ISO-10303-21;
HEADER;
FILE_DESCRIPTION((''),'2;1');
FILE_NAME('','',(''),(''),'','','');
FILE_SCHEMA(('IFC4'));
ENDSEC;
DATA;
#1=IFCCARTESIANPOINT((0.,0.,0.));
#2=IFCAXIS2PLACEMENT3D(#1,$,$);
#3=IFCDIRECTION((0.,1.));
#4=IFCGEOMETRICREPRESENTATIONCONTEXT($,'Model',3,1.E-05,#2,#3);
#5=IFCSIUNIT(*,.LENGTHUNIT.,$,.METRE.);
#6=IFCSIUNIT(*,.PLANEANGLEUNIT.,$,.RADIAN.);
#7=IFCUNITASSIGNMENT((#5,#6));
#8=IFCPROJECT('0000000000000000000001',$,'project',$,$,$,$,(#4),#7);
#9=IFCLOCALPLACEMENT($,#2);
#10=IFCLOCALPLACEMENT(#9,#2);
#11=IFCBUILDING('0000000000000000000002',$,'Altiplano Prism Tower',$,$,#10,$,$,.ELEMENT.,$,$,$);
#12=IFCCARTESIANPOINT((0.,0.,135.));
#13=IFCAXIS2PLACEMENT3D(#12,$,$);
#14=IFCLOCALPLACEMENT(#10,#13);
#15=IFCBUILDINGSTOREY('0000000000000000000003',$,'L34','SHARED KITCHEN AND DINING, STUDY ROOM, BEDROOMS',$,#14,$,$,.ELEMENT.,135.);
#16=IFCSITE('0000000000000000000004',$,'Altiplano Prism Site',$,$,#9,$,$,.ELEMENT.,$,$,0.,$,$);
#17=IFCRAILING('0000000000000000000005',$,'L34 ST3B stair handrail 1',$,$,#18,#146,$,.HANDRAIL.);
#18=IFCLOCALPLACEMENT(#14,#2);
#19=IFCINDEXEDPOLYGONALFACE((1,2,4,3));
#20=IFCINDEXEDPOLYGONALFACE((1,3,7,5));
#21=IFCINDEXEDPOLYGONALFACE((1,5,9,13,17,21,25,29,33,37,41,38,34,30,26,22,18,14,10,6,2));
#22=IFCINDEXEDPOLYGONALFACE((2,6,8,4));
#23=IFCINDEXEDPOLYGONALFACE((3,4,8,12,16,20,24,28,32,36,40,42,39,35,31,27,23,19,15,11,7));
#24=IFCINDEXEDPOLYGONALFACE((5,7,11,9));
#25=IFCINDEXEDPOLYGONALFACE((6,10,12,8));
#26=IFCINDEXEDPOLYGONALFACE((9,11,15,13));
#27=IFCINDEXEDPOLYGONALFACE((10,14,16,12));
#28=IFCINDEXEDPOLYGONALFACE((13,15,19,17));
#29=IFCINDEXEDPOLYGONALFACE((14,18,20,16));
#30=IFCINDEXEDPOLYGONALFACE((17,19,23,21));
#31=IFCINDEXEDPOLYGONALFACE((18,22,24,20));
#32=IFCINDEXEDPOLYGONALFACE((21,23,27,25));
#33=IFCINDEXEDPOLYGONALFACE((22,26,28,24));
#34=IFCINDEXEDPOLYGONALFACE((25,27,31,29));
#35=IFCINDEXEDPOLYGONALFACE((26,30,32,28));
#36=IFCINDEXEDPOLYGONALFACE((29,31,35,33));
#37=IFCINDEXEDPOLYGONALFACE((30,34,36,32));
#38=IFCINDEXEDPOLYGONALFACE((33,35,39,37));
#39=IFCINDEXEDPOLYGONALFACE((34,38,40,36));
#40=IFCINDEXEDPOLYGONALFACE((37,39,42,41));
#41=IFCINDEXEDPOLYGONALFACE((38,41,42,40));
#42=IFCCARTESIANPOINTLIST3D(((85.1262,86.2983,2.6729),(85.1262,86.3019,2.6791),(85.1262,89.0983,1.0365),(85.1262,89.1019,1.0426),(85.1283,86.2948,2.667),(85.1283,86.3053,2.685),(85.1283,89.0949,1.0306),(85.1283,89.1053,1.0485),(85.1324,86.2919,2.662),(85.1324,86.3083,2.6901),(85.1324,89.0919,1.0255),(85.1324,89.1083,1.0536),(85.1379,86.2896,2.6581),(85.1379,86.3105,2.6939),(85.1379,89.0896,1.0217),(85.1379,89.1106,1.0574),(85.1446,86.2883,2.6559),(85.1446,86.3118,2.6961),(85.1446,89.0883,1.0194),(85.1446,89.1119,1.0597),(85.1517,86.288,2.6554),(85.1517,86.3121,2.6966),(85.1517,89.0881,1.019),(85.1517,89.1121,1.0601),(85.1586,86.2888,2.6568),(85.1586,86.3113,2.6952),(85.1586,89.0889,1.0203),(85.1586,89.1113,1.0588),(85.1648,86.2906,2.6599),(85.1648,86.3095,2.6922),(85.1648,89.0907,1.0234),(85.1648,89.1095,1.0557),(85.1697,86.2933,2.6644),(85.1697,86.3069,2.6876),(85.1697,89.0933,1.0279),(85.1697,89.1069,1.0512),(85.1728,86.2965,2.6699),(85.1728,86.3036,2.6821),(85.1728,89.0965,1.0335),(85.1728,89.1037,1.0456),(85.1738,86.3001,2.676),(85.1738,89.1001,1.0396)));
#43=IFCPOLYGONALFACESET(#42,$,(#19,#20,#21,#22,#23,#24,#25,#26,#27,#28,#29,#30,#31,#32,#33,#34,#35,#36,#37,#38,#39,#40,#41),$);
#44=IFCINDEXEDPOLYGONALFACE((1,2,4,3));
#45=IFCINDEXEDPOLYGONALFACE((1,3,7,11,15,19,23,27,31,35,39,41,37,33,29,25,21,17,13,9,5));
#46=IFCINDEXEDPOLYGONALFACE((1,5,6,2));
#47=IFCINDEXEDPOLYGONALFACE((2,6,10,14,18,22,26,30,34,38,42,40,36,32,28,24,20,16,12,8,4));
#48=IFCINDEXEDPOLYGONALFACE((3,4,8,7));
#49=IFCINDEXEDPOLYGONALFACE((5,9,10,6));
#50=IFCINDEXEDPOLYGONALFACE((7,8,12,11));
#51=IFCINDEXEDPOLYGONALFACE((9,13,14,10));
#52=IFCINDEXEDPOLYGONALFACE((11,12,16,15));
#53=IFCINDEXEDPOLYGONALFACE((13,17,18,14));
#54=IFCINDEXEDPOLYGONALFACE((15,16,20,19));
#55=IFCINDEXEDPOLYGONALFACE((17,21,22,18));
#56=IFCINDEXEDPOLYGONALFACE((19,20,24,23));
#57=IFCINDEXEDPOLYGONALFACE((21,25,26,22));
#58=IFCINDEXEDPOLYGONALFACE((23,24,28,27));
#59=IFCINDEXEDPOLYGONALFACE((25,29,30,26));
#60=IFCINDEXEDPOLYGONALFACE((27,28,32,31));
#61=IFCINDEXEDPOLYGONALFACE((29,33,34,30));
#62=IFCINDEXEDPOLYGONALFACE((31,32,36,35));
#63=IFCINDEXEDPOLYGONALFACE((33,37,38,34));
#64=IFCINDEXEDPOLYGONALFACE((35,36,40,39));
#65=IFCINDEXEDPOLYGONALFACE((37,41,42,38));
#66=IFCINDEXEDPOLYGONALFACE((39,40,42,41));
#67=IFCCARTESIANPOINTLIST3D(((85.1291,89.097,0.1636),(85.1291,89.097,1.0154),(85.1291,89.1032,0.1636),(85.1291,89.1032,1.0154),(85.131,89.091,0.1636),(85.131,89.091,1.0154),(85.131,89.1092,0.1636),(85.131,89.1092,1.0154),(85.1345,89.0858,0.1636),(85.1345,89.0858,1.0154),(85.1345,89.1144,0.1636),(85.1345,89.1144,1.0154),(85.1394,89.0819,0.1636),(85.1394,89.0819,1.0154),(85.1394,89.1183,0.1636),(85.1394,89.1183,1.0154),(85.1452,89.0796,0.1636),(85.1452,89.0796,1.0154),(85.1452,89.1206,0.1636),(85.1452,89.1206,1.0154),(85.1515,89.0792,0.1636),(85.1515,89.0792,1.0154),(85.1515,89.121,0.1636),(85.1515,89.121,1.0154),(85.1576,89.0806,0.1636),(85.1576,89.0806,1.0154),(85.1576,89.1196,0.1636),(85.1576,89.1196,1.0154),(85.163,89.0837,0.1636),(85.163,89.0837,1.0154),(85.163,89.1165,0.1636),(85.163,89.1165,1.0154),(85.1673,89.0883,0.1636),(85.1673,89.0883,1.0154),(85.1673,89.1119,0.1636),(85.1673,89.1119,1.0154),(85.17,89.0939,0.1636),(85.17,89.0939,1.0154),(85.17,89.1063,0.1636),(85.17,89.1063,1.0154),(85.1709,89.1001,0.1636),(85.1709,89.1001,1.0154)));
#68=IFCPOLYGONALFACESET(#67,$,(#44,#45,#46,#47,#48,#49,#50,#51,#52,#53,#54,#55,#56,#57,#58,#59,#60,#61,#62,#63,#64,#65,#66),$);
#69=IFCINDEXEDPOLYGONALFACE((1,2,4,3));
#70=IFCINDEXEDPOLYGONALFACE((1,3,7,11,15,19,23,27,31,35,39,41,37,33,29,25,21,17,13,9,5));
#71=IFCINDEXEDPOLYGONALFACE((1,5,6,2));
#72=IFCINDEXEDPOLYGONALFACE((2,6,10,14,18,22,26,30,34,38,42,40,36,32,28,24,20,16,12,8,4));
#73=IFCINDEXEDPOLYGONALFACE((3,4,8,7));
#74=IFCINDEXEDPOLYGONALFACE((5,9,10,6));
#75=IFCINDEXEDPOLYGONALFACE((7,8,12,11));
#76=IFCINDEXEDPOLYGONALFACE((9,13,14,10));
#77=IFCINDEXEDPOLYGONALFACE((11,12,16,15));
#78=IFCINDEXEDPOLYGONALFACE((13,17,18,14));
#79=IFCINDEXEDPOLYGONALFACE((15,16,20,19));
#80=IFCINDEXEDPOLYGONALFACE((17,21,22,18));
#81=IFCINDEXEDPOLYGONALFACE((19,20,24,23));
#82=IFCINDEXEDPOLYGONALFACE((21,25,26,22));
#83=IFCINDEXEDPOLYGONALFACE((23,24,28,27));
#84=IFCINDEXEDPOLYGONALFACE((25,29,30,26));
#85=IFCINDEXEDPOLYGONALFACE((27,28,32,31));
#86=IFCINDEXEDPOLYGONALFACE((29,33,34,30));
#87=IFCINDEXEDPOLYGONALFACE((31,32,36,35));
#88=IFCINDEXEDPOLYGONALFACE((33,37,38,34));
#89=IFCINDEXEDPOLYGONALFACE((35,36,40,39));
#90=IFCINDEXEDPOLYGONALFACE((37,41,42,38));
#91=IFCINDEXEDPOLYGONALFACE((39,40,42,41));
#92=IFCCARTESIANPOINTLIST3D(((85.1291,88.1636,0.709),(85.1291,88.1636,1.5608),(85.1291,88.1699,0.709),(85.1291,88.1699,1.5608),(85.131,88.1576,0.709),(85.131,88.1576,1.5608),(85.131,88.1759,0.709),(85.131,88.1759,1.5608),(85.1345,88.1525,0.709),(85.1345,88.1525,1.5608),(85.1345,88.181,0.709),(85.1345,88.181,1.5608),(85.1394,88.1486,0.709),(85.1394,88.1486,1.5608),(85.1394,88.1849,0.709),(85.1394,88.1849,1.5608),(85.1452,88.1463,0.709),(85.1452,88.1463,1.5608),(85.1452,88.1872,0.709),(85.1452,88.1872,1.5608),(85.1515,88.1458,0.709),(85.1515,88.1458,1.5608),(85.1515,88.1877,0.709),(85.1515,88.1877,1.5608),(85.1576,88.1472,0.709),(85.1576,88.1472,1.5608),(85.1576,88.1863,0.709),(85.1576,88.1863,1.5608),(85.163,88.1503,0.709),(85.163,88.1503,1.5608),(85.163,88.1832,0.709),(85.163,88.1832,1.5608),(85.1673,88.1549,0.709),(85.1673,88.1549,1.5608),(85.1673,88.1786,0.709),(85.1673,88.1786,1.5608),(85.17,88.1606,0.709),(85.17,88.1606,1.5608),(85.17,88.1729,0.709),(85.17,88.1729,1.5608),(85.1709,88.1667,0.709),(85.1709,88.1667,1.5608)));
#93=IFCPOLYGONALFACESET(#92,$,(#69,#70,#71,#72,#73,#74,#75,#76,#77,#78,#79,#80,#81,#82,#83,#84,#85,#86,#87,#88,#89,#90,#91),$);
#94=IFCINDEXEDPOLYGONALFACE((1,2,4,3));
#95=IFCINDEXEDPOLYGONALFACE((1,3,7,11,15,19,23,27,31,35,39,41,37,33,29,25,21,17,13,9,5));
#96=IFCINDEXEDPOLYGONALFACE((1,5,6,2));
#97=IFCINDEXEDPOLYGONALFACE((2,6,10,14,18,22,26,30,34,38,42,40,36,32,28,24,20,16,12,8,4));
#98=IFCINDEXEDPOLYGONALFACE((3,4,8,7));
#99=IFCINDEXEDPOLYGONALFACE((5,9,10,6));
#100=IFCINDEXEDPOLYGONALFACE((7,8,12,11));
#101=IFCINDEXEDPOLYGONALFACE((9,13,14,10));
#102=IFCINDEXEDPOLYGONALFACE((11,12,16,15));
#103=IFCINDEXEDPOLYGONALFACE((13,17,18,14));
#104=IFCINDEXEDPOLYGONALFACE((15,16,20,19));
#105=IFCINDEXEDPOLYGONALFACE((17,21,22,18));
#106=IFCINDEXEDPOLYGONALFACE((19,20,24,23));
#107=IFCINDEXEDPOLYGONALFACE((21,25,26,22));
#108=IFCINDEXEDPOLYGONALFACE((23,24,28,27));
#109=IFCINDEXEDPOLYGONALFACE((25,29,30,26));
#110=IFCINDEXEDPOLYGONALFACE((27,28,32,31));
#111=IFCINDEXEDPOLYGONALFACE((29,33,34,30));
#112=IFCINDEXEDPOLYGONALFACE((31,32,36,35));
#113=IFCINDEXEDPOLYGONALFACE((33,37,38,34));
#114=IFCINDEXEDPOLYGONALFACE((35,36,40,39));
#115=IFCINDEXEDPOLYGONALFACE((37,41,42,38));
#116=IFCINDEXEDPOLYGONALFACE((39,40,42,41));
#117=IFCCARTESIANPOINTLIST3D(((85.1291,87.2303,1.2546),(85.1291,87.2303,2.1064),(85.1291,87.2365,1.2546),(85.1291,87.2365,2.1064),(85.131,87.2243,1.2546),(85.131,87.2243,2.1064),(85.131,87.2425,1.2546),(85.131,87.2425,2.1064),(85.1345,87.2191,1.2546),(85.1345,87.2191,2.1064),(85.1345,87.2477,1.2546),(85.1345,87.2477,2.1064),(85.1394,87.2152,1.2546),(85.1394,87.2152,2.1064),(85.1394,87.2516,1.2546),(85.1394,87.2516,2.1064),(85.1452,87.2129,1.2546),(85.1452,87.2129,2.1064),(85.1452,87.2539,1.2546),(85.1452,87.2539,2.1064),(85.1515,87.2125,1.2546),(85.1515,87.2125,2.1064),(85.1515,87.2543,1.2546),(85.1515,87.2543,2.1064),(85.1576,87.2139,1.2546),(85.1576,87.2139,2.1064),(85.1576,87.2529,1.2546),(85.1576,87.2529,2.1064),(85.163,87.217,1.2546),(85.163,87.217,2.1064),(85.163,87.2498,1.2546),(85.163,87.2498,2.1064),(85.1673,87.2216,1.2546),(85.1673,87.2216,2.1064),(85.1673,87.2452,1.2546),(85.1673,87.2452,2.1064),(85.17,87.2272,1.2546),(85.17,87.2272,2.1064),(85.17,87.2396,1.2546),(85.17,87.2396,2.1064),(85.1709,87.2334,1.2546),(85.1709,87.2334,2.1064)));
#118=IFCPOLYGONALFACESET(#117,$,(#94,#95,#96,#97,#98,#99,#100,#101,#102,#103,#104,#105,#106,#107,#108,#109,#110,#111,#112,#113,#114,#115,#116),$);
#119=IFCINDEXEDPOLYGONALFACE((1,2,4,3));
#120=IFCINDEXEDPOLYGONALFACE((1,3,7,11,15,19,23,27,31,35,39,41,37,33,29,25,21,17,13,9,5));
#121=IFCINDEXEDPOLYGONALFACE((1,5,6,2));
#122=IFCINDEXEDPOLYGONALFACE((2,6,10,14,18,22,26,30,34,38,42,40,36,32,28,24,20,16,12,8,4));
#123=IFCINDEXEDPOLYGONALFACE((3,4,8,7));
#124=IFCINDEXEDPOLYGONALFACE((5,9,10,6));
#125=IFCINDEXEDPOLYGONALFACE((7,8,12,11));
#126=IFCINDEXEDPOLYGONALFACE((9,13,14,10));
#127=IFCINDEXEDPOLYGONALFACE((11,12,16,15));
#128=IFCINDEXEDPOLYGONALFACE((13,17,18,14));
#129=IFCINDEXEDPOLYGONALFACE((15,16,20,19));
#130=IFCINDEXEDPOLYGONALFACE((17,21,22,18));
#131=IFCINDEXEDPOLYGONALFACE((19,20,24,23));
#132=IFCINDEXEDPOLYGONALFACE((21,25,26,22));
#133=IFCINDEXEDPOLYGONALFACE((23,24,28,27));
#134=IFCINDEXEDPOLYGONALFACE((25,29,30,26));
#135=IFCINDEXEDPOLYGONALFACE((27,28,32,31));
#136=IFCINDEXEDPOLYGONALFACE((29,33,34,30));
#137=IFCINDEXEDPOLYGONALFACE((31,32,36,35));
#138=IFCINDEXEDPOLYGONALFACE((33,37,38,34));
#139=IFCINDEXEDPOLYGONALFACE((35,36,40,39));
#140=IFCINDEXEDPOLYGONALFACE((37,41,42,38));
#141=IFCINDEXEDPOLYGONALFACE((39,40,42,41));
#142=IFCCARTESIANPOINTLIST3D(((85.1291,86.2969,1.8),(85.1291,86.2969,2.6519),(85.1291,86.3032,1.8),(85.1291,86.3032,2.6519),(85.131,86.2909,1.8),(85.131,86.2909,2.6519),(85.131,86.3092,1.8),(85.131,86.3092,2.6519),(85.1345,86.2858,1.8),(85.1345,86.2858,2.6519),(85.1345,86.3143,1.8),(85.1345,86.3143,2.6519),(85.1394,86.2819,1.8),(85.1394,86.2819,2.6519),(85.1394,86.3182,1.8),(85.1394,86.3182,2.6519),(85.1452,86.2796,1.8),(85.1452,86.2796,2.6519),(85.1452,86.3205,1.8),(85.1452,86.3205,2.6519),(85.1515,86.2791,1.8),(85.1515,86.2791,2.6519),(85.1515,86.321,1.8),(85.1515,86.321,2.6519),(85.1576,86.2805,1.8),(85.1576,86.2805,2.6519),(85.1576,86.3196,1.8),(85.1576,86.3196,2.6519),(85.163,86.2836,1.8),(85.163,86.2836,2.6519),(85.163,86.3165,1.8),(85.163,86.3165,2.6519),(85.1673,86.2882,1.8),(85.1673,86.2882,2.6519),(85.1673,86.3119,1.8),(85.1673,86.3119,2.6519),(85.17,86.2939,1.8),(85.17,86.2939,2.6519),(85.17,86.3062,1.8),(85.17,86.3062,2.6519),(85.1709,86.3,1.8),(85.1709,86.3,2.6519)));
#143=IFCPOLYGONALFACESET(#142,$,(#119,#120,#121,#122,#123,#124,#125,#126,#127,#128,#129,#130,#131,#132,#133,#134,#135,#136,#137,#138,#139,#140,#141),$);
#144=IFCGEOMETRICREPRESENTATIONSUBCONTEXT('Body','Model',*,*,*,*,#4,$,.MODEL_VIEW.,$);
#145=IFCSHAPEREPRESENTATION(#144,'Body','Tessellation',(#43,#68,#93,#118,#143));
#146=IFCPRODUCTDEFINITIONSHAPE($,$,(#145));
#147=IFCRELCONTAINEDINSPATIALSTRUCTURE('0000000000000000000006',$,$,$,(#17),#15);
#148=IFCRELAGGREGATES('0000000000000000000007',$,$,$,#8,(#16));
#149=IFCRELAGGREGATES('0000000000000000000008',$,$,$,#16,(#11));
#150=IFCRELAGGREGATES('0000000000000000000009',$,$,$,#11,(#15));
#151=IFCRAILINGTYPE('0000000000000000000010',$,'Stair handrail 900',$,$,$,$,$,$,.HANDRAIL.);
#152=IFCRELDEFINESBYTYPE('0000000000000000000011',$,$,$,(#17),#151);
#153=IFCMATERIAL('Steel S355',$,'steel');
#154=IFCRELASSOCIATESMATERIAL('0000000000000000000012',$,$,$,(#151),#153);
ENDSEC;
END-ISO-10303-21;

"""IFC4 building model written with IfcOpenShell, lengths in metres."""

from ifc_helpers import new_model, si_unit, direction, frame, origin, origin_2d, place, context, subcontext, project, spatial, circle, extrude, material, type_object, element, save


model = new_model("IFC4")

# Units and contexts
model_context = context("Model", 3, precision=1e-05, world=origin(), true_north=direction((0.0, 1.0)))
body_context = subcontext(model_context, "Body", "Model", "MODEL_VIEW")
ifc_project = project(units=[si_unit("LENGTHUNIT", "METRE"), si_unit("PLANEANGLEUNIT", "RADIAN")], contexts=[model_context])

# Site, building, storey
site_placement = place(None, origin())
site = spatial("IfcSite", under=ifc_project, at=site_placement, Name="Altiplano Prism Site", CompositionType="ELEMENT", RefElevation=0.0)
building_placement = place(site_placement, origin())
building = spatial("IfcBuilding", under=site, at=building_placement, Name="Altiplano Prism Tower", CompositionType="ELEMENT")
storey_placement = place(building_placement, frame((0.0, 0.0, 135.0)))
storey = spatial("IfcBuildingStorey", under=building, at=storey_placement, Name="L34", Description="SHARED KITCHEN AND DINING, STUDY ROOM, BEDROOMS", CompositionType="ELEMENT", Elevation=135.0)

# Railing
ifc_material_1 = material(Name="Steel S355", Category="steel")
railing_type_1 = type_object("IfcRailingType", Name="Stair handrail 900", PredefinedType="HANDRAIL", material=ifc_material_1)
railing_1_placement = place(storey_placement, frame((85.1499, 89.1001, 0.1636)))
element("IfcRailing", 1, at=railing_1_placement, inside=storey, type_object=railing_type_1, Name="L34 ST3B stair handrail 1", PredefinedType="HANDRAIL", context=body_context, shape_type="SweptSolid", body=[
    extrude(circle(Radius=0.0239, at=origin_2d()), frame((0.0, 0.0, 0.876), z_axis=(0.0, -0.863361, 0.504587), x_axis=(1.0, 0.0, 0.0)), (0.0, 0.0, 1.0), 3.2432),
    extrude(circle(Radius=0.021, at=origin_2d()), origin(), (0.0, 0.0, 1.0), 0.8518),
    extrude(circle(Radius=0.021, at=origin_2d()), frame((0.0, -0.9333, 0.5454)), (0.0, 0.0, 1.0), 0.8518),
    extrude(circle(Radius=0.021, at=origin_2d()), frame((0.0, -1.8667, 1.0911)), (0.0, 0.0, 1.0), 0.8518),
    extrude(circle(Radius=0.021, at=origin_2d()), frame((0.0, -2.8, 1.6365)), (0.0, 0.0, 1.0), 0.8518),
])

save(model, "model.ifc")
